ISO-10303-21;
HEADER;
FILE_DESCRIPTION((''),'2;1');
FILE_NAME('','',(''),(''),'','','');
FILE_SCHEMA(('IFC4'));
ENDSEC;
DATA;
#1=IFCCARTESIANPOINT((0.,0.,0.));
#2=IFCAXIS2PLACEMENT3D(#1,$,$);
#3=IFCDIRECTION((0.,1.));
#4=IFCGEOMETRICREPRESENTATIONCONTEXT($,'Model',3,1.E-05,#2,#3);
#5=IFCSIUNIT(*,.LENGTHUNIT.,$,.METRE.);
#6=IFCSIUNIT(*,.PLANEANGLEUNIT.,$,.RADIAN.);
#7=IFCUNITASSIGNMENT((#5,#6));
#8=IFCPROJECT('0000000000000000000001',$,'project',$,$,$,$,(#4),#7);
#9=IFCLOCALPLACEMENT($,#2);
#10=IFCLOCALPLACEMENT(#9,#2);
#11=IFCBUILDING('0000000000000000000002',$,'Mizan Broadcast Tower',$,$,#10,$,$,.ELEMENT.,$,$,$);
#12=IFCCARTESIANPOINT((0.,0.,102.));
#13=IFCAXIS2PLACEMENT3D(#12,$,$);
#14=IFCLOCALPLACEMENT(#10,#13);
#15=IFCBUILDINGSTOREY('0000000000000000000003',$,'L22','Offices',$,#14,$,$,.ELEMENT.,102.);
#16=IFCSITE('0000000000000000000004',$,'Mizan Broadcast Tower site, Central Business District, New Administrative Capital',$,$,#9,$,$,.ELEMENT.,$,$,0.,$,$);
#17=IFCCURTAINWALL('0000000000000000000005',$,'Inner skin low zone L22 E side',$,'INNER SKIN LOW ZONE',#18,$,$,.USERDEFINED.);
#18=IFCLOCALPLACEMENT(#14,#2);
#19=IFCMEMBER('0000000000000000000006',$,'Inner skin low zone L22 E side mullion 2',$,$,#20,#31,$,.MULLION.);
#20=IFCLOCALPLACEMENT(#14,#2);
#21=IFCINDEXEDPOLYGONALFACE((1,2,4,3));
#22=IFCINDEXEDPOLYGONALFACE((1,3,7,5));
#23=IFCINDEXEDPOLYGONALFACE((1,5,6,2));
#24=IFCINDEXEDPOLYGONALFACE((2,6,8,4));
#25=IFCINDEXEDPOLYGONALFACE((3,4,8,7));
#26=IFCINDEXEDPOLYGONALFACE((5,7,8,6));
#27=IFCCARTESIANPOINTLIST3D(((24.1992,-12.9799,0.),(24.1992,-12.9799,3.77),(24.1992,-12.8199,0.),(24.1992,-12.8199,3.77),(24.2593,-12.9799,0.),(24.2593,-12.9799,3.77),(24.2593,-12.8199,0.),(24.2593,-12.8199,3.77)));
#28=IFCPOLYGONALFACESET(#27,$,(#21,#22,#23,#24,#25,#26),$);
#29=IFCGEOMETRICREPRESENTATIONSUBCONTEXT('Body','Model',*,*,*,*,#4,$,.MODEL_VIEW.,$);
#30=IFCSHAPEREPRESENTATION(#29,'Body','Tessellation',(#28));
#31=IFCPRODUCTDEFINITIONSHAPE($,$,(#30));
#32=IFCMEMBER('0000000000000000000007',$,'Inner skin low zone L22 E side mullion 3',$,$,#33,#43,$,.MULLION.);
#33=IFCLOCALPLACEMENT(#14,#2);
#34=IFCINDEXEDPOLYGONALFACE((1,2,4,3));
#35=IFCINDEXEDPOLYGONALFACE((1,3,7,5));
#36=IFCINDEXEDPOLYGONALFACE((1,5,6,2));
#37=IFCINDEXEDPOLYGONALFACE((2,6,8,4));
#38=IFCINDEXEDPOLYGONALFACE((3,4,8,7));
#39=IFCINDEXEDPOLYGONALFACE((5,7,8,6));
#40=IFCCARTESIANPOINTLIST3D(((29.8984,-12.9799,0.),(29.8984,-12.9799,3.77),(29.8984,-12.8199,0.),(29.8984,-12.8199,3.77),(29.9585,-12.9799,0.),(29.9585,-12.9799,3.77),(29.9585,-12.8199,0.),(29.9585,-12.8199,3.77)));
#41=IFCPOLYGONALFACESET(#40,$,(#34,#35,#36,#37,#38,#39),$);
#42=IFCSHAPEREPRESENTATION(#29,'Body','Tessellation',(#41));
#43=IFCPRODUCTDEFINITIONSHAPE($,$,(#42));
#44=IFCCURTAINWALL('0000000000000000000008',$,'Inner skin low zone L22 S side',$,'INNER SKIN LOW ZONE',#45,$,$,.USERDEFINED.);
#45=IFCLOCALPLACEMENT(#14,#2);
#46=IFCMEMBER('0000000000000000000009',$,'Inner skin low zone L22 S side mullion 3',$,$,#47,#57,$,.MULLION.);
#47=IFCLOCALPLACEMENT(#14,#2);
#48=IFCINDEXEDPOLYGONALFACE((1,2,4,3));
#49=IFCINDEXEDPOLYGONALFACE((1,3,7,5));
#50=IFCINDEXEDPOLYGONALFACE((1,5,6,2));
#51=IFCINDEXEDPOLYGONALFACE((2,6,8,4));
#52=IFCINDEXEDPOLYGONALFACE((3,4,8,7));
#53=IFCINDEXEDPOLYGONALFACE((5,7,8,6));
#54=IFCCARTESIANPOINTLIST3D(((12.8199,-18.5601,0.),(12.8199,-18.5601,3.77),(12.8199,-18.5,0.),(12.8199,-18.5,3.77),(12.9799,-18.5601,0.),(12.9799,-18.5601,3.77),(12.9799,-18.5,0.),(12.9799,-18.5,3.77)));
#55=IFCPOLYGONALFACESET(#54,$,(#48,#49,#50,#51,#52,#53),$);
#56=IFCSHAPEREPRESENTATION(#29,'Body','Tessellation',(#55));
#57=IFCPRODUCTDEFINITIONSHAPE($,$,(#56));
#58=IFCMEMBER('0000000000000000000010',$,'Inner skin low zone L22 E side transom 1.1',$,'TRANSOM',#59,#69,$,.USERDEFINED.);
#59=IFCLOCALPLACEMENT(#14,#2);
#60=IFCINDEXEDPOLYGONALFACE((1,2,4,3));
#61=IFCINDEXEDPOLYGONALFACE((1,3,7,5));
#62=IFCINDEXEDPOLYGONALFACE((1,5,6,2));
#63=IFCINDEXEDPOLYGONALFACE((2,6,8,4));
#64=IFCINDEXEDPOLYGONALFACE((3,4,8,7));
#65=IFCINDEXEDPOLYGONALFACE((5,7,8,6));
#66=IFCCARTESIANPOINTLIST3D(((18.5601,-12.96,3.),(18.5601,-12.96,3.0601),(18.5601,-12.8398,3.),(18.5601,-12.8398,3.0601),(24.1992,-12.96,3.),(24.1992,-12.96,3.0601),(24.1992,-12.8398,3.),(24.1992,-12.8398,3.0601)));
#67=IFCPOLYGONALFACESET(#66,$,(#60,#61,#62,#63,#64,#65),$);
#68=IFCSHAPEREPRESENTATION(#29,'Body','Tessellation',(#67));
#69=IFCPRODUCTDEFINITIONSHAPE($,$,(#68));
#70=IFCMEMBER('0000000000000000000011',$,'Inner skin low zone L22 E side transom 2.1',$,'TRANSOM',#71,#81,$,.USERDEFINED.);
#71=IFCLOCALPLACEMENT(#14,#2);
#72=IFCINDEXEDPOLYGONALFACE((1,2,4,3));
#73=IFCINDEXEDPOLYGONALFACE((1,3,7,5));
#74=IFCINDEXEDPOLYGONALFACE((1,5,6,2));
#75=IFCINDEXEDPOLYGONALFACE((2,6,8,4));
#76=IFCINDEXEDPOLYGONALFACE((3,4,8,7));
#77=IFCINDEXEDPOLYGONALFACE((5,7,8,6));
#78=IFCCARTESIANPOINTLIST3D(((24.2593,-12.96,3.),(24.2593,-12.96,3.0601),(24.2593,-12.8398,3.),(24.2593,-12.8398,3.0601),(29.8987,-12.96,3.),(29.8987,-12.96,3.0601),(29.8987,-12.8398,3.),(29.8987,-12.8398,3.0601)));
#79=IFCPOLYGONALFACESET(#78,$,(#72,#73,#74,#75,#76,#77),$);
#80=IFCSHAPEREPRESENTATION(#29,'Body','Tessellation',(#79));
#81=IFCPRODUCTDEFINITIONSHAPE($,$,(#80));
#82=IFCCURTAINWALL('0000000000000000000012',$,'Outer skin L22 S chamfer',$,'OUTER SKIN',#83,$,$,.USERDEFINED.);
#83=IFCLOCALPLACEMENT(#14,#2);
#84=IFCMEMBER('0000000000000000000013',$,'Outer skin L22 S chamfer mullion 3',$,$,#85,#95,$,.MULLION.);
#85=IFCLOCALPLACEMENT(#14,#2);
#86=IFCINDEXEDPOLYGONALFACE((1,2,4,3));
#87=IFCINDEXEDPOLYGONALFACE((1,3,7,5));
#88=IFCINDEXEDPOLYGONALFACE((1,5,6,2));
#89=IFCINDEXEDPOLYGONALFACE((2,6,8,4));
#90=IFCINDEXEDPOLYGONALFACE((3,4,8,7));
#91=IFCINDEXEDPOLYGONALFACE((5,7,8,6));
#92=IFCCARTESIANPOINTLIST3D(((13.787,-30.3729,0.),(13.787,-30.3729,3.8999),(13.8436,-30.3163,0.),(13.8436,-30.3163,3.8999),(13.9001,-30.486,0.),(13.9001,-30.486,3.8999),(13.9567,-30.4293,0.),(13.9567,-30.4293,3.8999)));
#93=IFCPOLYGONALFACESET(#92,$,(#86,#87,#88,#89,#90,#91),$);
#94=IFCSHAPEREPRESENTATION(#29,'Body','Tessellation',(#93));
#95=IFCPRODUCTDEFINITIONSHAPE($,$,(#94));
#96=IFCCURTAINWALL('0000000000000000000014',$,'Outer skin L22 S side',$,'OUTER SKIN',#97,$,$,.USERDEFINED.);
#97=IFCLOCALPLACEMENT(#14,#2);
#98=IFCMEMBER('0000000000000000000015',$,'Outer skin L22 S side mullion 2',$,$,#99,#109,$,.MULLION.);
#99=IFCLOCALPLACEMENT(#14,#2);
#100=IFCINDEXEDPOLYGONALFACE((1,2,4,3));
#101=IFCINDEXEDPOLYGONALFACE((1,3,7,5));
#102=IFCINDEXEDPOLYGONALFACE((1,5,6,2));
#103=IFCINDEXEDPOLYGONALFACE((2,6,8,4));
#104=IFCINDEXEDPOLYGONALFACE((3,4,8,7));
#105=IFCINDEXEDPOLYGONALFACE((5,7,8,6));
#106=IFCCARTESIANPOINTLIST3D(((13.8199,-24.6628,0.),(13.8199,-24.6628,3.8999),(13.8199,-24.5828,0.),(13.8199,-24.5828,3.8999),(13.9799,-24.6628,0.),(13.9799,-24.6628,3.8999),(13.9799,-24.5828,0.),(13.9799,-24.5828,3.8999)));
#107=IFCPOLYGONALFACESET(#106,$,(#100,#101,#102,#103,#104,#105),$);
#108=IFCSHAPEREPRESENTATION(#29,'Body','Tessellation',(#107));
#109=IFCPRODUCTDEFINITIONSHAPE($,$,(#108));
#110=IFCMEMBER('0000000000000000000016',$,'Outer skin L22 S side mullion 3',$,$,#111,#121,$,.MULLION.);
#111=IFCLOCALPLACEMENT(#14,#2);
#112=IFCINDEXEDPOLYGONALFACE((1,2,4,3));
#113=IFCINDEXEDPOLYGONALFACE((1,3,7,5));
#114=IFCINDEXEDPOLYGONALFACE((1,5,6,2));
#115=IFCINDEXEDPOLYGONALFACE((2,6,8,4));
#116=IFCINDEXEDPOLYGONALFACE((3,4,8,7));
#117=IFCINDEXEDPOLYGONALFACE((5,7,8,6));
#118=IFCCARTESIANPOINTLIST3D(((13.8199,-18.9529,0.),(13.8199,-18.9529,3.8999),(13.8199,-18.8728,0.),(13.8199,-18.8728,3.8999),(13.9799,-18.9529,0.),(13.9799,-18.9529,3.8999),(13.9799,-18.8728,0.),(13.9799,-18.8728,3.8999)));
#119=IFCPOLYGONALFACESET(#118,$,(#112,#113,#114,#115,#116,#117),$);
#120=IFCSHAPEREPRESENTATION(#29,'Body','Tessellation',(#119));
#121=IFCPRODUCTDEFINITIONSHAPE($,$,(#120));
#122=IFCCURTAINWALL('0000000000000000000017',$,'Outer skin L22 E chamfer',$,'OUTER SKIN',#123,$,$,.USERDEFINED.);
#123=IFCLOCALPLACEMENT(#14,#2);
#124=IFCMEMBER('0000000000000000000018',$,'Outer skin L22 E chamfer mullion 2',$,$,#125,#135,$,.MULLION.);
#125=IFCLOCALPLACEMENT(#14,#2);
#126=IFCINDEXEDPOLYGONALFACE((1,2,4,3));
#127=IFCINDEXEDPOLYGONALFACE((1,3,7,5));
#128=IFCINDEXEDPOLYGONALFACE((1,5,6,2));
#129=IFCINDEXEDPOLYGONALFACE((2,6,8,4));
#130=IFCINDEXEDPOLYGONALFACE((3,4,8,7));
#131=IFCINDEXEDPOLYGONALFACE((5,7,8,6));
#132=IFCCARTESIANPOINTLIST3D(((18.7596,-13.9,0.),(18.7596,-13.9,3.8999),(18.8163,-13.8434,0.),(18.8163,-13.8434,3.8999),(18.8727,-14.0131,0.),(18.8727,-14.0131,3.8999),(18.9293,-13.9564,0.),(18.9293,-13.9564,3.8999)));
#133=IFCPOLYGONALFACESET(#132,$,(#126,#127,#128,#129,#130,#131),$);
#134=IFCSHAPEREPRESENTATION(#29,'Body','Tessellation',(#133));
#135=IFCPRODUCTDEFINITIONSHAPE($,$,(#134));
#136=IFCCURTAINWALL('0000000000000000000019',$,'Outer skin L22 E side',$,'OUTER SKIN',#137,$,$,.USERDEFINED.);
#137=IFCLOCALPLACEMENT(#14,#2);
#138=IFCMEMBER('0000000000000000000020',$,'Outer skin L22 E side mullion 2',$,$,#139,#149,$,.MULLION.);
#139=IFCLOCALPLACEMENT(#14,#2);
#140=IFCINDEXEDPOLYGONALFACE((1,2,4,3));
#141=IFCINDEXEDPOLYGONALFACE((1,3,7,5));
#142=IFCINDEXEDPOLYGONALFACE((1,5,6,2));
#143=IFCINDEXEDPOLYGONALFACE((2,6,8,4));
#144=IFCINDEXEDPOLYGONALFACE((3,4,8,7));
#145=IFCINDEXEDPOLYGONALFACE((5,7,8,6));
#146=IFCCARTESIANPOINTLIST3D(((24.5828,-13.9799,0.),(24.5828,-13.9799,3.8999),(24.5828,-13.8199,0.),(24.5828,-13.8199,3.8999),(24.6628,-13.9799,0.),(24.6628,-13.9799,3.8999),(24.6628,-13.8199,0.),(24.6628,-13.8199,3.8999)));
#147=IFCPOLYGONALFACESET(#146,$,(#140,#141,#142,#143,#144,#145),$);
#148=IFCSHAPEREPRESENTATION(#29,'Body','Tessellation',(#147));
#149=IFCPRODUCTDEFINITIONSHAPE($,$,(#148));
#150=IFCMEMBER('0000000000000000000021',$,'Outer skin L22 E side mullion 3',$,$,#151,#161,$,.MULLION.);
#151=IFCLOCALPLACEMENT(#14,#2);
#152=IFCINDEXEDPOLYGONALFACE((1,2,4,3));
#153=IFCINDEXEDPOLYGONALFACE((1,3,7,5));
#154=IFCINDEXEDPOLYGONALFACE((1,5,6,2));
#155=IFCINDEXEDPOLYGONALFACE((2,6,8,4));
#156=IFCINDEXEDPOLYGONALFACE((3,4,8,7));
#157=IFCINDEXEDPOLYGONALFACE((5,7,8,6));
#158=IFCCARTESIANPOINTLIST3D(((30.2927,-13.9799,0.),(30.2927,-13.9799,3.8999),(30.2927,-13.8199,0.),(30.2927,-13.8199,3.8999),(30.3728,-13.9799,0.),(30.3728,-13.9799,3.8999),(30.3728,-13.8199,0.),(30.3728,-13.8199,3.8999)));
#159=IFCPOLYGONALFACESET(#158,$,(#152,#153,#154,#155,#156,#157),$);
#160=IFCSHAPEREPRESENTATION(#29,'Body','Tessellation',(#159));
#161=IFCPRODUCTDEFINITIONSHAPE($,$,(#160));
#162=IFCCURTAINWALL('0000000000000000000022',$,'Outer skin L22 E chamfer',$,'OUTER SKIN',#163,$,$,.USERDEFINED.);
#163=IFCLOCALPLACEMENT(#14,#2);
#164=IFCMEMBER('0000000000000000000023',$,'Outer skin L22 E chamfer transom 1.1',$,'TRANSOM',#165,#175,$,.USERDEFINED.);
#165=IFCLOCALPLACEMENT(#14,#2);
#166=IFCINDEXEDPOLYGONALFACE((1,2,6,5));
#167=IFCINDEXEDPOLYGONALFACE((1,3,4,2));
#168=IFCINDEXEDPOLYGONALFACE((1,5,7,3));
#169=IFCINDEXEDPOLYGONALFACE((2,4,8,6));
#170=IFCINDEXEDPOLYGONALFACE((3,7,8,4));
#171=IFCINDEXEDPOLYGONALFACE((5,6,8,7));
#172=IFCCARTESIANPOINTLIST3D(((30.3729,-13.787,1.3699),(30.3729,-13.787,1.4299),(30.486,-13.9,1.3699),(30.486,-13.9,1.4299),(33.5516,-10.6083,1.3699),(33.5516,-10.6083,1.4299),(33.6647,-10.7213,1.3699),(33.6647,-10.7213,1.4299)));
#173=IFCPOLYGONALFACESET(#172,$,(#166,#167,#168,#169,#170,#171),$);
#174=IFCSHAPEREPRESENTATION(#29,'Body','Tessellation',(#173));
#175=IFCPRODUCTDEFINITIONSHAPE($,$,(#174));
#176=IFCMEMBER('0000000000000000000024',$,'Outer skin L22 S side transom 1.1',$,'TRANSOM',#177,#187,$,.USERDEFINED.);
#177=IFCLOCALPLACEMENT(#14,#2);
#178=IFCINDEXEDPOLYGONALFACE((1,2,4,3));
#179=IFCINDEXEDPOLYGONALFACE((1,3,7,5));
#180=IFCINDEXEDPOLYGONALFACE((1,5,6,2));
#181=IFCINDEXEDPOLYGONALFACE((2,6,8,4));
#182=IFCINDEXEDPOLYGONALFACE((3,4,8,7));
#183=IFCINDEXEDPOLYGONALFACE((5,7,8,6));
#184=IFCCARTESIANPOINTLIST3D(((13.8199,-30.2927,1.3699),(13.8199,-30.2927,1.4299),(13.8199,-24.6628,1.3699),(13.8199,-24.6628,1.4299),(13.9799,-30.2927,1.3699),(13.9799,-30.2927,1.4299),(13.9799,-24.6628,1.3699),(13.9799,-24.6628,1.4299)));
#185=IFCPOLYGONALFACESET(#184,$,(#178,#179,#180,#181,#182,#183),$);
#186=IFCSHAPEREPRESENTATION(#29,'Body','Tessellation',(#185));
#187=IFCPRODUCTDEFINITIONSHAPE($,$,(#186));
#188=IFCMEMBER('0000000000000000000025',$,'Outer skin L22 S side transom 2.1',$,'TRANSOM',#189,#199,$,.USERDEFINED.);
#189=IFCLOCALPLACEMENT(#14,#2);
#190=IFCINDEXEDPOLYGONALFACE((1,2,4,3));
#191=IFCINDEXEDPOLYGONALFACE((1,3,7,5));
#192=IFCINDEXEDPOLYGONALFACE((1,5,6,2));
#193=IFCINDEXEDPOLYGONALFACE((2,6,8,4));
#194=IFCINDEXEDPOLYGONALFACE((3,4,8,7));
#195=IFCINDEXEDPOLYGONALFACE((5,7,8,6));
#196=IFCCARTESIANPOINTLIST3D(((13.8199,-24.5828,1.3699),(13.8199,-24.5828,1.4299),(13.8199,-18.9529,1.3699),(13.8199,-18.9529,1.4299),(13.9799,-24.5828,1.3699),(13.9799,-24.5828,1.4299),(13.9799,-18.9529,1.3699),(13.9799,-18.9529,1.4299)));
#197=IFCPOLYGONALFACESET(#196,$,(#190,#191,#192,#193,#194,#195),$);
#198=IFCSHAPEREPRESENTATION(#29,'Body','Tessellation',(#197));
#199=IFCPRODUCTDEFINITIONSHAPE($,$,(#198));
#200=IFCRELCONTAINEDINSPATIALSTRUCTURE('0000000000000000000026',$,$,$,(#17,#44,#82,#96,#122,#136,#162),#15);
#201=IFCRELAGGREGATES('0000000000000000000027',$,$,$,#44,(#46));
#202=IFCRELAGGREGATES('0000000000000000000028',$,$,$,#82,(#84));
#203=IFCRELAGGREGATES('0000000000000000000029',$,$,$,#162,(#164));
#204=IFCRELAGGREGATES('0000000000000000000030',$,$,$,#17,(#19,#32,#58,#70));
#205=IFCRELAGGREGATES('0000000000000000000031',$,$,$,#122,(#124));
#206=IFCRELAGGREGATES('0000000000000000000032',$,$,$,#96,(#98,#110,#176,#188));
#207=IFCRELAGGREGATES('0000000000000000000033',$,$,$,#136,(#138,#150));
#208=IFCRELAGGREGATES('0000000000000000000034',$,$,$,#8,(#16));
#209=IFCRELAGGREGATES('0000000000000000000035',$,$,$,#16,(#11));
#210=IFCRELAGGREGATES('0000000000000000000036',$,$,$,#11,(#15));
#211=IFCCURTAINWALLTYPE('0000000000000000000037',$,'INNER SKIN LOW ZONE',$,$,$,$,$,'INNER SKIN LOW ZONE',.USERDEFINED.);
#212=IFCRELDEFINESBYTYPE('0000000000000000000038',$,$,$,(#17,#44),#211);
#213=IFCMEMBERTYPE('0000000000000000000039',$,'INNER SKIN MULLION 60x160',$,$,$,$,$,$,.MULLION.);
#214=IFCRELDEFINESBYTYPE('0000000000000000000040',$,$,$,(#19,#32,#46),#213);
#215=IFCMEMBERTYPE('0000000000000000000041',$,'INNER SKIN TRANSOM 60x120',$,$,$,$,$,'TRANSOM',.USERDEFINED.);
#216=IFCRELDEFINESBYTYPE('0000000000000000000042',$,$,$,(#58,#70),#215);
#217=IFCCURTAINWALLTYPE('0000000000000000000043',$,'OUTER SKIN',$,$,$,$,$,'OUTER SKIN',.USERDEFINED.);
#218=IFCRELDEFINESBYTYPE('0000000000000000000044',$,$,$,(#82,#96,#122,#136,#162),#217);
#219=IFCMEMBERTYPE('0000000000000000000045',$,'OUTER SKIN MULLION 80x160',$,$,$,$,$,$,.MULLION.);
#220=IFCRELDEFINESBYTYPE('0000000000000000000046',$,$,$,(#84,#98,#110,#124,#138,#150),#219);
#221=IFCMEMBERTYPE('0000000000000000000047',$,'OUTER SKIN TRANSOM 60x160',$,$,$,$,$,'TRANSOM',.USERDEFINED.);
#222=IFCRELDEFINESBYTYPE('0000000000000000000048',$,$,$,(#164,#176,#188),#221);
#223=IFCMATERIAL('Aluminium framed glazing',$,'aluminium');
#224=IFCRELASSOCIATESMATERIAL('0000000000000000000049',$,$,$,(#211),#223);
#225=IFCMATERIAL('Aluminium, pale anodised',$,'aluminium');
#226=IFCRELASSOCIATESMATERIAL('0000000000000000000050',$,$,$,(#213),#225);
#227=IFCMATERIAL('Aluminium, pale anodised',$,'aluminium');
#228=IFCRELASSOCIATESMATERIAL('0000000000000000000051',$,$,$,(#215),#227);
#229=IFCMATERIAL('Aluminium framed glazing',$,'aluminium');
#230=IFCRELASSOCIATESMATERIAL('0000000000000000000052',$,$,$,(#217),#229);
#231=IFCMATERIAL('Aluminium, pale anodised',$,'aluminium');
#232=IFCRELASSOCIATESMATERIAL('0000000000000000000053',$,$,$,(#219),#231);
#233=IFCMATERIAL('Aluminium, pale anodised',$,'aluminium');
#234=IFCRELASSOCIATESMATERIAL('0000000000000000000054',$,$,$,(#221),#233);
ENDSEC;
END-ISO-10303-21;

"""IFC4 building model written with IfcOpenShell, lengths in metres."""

from ifc_helpers import new_model, si_unit, direction, frame, origin, origin_2d, place, context, subcontext, project, spatial, rectangle, extrude, material, material_profile, profile_set, type_object, element, aggregate, save


model = new_model("IFC4")

# Units and contexts
model_context = context("Model", 3, precision=1e-05, world=origin(), true_north=direction((0.0, 1.0)))
body_context = subcontext(model_context, "Body", "Model", "MODEL_VIEW")
ifc_project = project(units=[si_unit("LENGTHUNIT", "METRE"), si_unit("PLANEANGLEUNIT", "RADIAN")], contexts=[model_context])

# Site, building, storey
site_placement = place(None, origin())
site = spatial("IfcSite", under=ifc_project, at=site_placement, Name="Mizan Broadcast Tower site, Central Business District, New Administrative Capital", CompositionType="ELEMENT", RefElevation=0.0)
building_placement = place(site_placement, origin())
building = spatial("IfcBuilding", under=site, at=building_placement, Name="Mizan Broadcast Tower", CompositionType="ELEMENT")
storey_placement = place(building_placement, frame((0.0, 0.0, 102.0)))
storey = spatial("IfcBuildingStorey", under=building, at=storey_placement, Name="L22", Description="Offices", CompositionType="ELEMENT", Elevation=102.0)

# Curtain wall, members
ifc_material_1 = material(Name="Aluminium framed glazing", Category="aluminium")
curtain_wall_type_1 = type_object("IfcCurtainWallType", Name="INNER SKIN LOW ZONE", ElementType="INNER SKIN LOW ZONE", PredefinedType="USERDEFINED", material=ifc_material_1)
curtain_wall_1_placement = place(storey_placement, origin())
curtain_wall_1 = element("IfcCurtainWall", 1, at=curtain_wall_1_placement, inside=storey, type_object=curtain_wall_type_1, Name="Inner skin low zone L22 E side", ObjectType="INNER SKIN LOW ZONE", PredefinedType="USERDEFINED")
ifc_material_2 = material(Name="Aluminium, pale anodised", Category="aluminium")
ifc_material_profile_1 = material_profile(ifc_material_2, rectangle(XDim=0.1599, YDim=0.0601, at=origin_2d()), Name="MULLION 160x60")
ifc_profile_set_1 = profile_set([ifc_material_profile_1], Name="Aluminium, pale anodised")
member_type_1 = type_object("IfcMemberType", Name="INNER SKIN MULLION 60x160", PredefinedType="MULLION", material=ifc_profile_set_1)
member_1_placement = place(storey_placement, frame((24.2292, -12.8999, 0.0), z_axis=(0.0, 0.0, 1.0), x_axis=(0.0, 1.0, 0.0)))
member_1 = element("IfcMember", 2, at=member_1_placement, type_object=member_type_1, Name="Inner skin low zone L22 E side mullion 2", PredefinedType="MULLION", context=body_context, shape_type="SweptSolid", body=[
    extrude(rectangle(XDim=0.1599, YDim=0.0601, at=origin_2d()), origin(), (0.0, 0.0, 1.0), 3.77),
])
member_2_placement = place(storey_placement, frame((29.9285, -12.8999, 0.0), z_axis=(0.0, 0.0, 1.0), x_axis=(0.0, 1.0, 0.0)))
member_2 = element("IfcMember", 3, at=member_2_placement, type_object=member_type_1, Name="Inner skin low zone L22 E side mullion 3", PredefinedType="MULLION", context=body_context, shape_type="SweptSolid", body=[
    extrude(rectangle(XDim=0.1599, YDim=0.0601, at=origin_2d()), origin(), (0.0, 0.0, 1.0), 3.77),
])

# Curtain wall, member
curtain_wall_2_placement = place(storey_placement, origin())
curtain_wall_2 = element("IfcCurtainWall", 4, at=curtain_wall_2_placement, inside=storey, type_object=curtain_wall_type_1, Name="Inner skin low zone L22 S side", ObjectType="INNER SKIN LOW ZONE", PredefinedType="USERDEFINED")
member_3_placement = place(storey_placement, frame((12.8999, -18.53, 0.0), z_axis=(0.0, 0.0, 1.0), x_axis=(-1.0, 0.0, 0.0)))
member_3 = element("IfcMember", 5, at=member_3_placement, type_object=member_type_1, Name="Inner skin low zone L22 S side mullion 3", PredefinedType="MULLION", context=body_context, shape_type="SweptSolid", body=[
    extrude(rectangle(XDim=0.1599, YDim=0.0601, at=origin_2d()), origin(), (0.0, 0.0, 1.0), 3.77),
])
aggregate(curtain_wall_2, [member_3])

# Members
ifc_material_3 = material(Name="Aluminium, pale anodised", Category="aluminium")
ifc_material_profile_2 = material_profile(ifc_material_3, rectangle(XDim=0.1201, YDim=0.0601, at=origin_2d()), Name="TRANSOM 120x60")
ifc_profile_set_2 = profile_set([ifc_material_profile_2], Name="Aluminium, pale anodised")
member_type_2 = type_object("IfcMemberType", Name="INNER SKIN TRANSOM 60x120", ElementType="TRANSOM", PredefinedType="USERDEFINED", material=ifc_profile_set_2)
member_4_placement = place(storey_placement, frame((18.5601, -12.8999, 3.03), z_axis=(1.0, 0.0, 0.0), x_axis=(0.0, 1.0, 0.0)))
member_4 = element("IfcMember", 6, at=member_4_placement, type_object=member_type_2, Name="Inner skin low zone L22 E side transom 1.1", ObjectType="TRANSOM", PredefinedType="USERDEFINED", context=body_context, shape_type="SweptSolid", body=[
    extrude(rectangle(XDim=0.1201, YDim=0.0601, at=origin_2d()), origin(), (0.0, 0.0, 1.0), 5.6392),
])
member_5_placement = place(storey_placement, frame((24.2593, -12.8999, 3.03), z_axis=(1.0, 0.0, 0.0), x_axis=(0.0, 1.0, 0.0)))
member_5 = element("IfcMember", 7, at=member_5_placement, type_object=member_type_2, Name="Inner skin low zone L22 E side transom 2.1", ObjectType="TRANSOM", PredefinedType="USERDEFINED", context=body_context, shape_type="SweptSolid", body=[
    extrude(rectangle(XDim=0.1201, YDim=0.0601, at=origin_2d()), origin(), (0.0, 0.0, 1.0), 5.6394),
])

# Curtain wall, member
ifc_material_4 = material(Name="Aluminium framed glazing", Category="aluminium")
curtain_wall_type_2 = type_object("IfcCurtainWallType", Name="OUTER SKIN", ElementType="OUTER SKIN", PredefinedType="USERDEFINED", material=ifc_material_4)
curtain_wall_3_placement = place(storey_placement, origin())
curtain_wall_3 = element("IfcCurtainWall", 8, at=curtain_wall_3_placement, inside=storey, type_object=curtain_wall_type_2, Name="Outer skin L22 S chamfer", ObjectType="OUTER SKIN", PredefinedType="USERDEFINED")
ifc_material_5 = material(Name="Aluminium, pale anodised", Category="aluminium")
ifc_material_profile_3 = material_profile(ifc_material_5, rectangle(XDim=0.1599, YDim=0.0801, at=origin_2d()), Name="MULLION 160x80")
ifc_profile_set_3 = profile_set([ifc_material_profile_3], Name="Aluminium, pale anodised")
member_type_3 = type_object("IfcMemberType", Name="OUTER SKIN MULLION 80x160", PredefinedType="MULLION", material=ifc_profile_set_3)
member_6_placement = place(storey_placement, frame((13.8718, -30.4011, 0.0), z_axis=(0.0, 0.0, 1.0), x_axis=(-0.707107, 0.707107, 0.0)))
member_6 = element("IfcMember", 9, at=member_6_placement, type_object=member_type_3, Name="Outer skin L22 S chamfer mullion 3", PredefinedType="MULLION", context=body_context, shape_type="SweptSolid", body=[
    extrude(rectangle(XDim=0.1599, YDim=0.0801, at=origin_2d()), origin(), (0.0, 0.0, 1.0), 3.8999),
])
aggregate(curtain_wall_3, [member_6])

# Curtain wall, members
curtain_wall_4_placement = place(storey_placement, origin())
curtain_wall_4 = element("IfcCurtainWall", 10, at=curtain_wall_4_placement, inside=storey, type_object=curtain_wall_type_2, Name="Outer skin L22 S side", ObjectType="OUTER SKIN", PredefinedType="USERDEFINED")
member_7_placement = place(storey_placement, frame((13.8999, -24.6228, 0.0), z_axis=(0.0, 0.0, 1.0), x_axis=(-1.0, 0.0, 0.0)))
member_7 = element("IfcMember", 11, at=member_7_placement, type_object=member_type_3, Name="Outer skin L22 S side mullion 2", PredefinedType="MULLION", context=body_context, shape_type="SweptSolid", body=[
    extrude(rectangle(XDim=0.1599, YDim=0.0801, at=origin_2d()), origin(), (0.0, 0.0, 1.0), 3.8999),
])
member_8_placement = place(storey_placement, frame((13.8999, -18.9128, 0.0), z_axis=(0.0, 0.0, 1.0), x_axis=(-1.0, 0.0, 0.0)))
member_8 = element("IfcMember", 12, at=member_8_placement, type_object=member_type_3, Name="Outer skin L22 S side mullion 3", PredefinedType="MULLION", context=body_context, shape_type="SweptSolid", body=[
    extrude(rectangle(XDim=0.1599, YDim=0.0801, at=origin_2d()), origin(), (0.0, 0.0, 1.0), 3.8999),
])

# Curtain wall, member
curtain_wall_5_placement = place(storey_placement, origin())
curtain_wall_5 = element("IfcCurtainWall", 13, at=curtain_wall_5_placement, inside=storey, type_object=curtain_wall_type_2, Name="Outer skin L22 E chamfer", ObjectType="OUTER SKIN", PredefinedType="USERDEFINED")
member_9_placement = place(storey_placement, frame((18.8445, -13.9282, 0.0), z_axis=(0.0, 0.0, 1.0), x_axis=(-0.707107, 0.707107, 0.0)))
member_9 = element("IfcMember", 14, at=member_9_placement, type_object=member_type_3, Name="Outer skin L22 E chamfer mullion 2", PredefinedType="MULLION", context=body_context, shape_type="SweptSolid", body=[
    extrude(rectangle(XDim=0.1599, YDim=0.0801, at=origin_2d()), origin(), (0.0, 0.0, 1.0), 3.8999),
])

# Curtain wall, members
curtain_wall_6_placement = place(storey_placement, origin())
curtain_wall_6 = element("IfcCurtainWall", 15, at=curtain_wall_6_placement, inside=storey, type_object=curtain_wall_type_2, Name="Outer skin L22 E side", ObjectType="OUTER SKIN", PredefinedType="USERDEFINED")
member_10_placement = place(storey_placement, frame((24.6228, -13.8999, 0.0), z_axis=(0.0, 0.0, 1.0), x_axis=(0.0, 1.0, 0.0)))
member_10 = element("IfcMember", 16, at=member_10_placement, type_object=member_type_3, Name="Outer skin L22 E side mullion 2", PredefinedType="MULLION", context=body_context, shape_type="SweptSolid", body=[
    extrude(rectangle(XDim=0.1599, YDim=0.0801, at=origin_2d()), origin(), (0.0, 0.0, 1.0), 3.8999),
])
member_11_placement = place(storey_placement, frame((30.3328, -13.8999, 0.0), z_axis=(0.0, 0.0, 1.0), x_axis=(0.0, 1.0, 0.0)))
member_11 = element("IfcMember", 17, at=member_11_placement, type_object=member_type_3, Name="Outer skin L22 E side mullion 3", PredefinedType="MULLION", context=body_context, shape_type="SweptSolid", body=[
    extrude(rectangle(XDim=0.1599, YDim=0.0801, at=origin_2d()), origin(), (0.0, 0.0, 1.0), 3.8999),
])

# Curtain wall, member
curtain_wall_7_placement = place(storey_placement, origin())
curtain_wall_7 = element("IfcCurtainWall", 18, at=curtain_wall_7_placement, inside=storey, type_object=curtain_wall_type_2, Name="Outer skin L22 E chamfer", ObjectType="OUTER SKIN", PredefinedType="USERDEFINED")
ifc_material_6 = material(Name="Aluminium, pale anodised", Category="aluminium")
ifc_material_profile_4 = material_profile(ifc_material_6, rectangle(XDim=0.1599, YDim=0.0601, at=origin_2d()), Name="TRANSOM 160x60")
ifc_profile_set_4 = profile_set([ifc_material_profile_4], Name="Aluminium, pale anodised")
member_type_4 = type_object("IfcMemberType", Name="OUTER SKIN TRANSOM 60x160", ElementType="TRANSOM", PredefinedType="USERDEFINED", material=ifc_profile_set_4)
member_12_placement = place(storey_placement, frame((30.4294, -13.8435, 1.3999), z_axis=(0.707107, 0.707107, 0.0), x_axis=(-0.707107, 0.707107, 0.0)))
member_12 = element("IfcMember", 19, at=member_12_placement, type_object=member_type_4, Name="Outer skin L22 E chamfer transom 1.1", ObjectType="TRANSOM", PredefinedType="USERDEFINED", context=body_context, shape_type="SweptSolid", body=[
    extrude(rectangle(XDim=0.1599, YDim=0.0601, at=origin_2d()), origin(), (0.0, 0.0, 1.0), 4.4954),
])
aggregate(curtain_wall_7, [member_12])

# Members
member_13_placement = place(storey_placement, frame((13.8999, -30.2927, 1.3999), z_axis=(0.0, 1.0, 0.0), x_axis=(-1.0, 0.0, 0.0)))
member_13 = element("IfcMember", 20, at=member_13_placement, type_object=member_type_4, Name="Outer skin L22 S side transom 1.1", ObjectType="TRANSOM", PredefinedType="USERDEFINED", context=body_context, shape_type="SweptSolid", body=[
    extrude(rectangle(XDim=0.1599, YDim=0.0601, at=origin_2d()), origin(), (0.0, 0.0, 1.0), 5.6299),
])
member_14_placement = place(storey_placement, frame((13.8999, -24.5828, 1.3999), z_axis=(0.0, 1.0, 0.0), x_axis=(-1.0, 0.0, 0.0)))
member_14 = element("IfcMember", 21, at=member_14_placement, type_object=member_type_4, Name="Outer skin L22 S side transom 2.1", ObjectType="TRANSOM", PredefinedType="USERDEFINED", context=body_context, shape_type="SweptSolid", body=[
    extrude(rectangle(XDim=0.1599, YDim=0.0601, at=origin_2d()), origin(), (0.0, 0.0, 1.0), 5.6299),
])

aggregate(curtain_wall_1, [member_1, member_2, member_4, member_5])
aggregate(curtain_wall_5, [member_9])
aggregate(curtain_wall_4, [member_7, member_8, member_13, member_14])
aggregate(curtain_wall_6, [member_10, member_11])

save(model, "model.ifc")
